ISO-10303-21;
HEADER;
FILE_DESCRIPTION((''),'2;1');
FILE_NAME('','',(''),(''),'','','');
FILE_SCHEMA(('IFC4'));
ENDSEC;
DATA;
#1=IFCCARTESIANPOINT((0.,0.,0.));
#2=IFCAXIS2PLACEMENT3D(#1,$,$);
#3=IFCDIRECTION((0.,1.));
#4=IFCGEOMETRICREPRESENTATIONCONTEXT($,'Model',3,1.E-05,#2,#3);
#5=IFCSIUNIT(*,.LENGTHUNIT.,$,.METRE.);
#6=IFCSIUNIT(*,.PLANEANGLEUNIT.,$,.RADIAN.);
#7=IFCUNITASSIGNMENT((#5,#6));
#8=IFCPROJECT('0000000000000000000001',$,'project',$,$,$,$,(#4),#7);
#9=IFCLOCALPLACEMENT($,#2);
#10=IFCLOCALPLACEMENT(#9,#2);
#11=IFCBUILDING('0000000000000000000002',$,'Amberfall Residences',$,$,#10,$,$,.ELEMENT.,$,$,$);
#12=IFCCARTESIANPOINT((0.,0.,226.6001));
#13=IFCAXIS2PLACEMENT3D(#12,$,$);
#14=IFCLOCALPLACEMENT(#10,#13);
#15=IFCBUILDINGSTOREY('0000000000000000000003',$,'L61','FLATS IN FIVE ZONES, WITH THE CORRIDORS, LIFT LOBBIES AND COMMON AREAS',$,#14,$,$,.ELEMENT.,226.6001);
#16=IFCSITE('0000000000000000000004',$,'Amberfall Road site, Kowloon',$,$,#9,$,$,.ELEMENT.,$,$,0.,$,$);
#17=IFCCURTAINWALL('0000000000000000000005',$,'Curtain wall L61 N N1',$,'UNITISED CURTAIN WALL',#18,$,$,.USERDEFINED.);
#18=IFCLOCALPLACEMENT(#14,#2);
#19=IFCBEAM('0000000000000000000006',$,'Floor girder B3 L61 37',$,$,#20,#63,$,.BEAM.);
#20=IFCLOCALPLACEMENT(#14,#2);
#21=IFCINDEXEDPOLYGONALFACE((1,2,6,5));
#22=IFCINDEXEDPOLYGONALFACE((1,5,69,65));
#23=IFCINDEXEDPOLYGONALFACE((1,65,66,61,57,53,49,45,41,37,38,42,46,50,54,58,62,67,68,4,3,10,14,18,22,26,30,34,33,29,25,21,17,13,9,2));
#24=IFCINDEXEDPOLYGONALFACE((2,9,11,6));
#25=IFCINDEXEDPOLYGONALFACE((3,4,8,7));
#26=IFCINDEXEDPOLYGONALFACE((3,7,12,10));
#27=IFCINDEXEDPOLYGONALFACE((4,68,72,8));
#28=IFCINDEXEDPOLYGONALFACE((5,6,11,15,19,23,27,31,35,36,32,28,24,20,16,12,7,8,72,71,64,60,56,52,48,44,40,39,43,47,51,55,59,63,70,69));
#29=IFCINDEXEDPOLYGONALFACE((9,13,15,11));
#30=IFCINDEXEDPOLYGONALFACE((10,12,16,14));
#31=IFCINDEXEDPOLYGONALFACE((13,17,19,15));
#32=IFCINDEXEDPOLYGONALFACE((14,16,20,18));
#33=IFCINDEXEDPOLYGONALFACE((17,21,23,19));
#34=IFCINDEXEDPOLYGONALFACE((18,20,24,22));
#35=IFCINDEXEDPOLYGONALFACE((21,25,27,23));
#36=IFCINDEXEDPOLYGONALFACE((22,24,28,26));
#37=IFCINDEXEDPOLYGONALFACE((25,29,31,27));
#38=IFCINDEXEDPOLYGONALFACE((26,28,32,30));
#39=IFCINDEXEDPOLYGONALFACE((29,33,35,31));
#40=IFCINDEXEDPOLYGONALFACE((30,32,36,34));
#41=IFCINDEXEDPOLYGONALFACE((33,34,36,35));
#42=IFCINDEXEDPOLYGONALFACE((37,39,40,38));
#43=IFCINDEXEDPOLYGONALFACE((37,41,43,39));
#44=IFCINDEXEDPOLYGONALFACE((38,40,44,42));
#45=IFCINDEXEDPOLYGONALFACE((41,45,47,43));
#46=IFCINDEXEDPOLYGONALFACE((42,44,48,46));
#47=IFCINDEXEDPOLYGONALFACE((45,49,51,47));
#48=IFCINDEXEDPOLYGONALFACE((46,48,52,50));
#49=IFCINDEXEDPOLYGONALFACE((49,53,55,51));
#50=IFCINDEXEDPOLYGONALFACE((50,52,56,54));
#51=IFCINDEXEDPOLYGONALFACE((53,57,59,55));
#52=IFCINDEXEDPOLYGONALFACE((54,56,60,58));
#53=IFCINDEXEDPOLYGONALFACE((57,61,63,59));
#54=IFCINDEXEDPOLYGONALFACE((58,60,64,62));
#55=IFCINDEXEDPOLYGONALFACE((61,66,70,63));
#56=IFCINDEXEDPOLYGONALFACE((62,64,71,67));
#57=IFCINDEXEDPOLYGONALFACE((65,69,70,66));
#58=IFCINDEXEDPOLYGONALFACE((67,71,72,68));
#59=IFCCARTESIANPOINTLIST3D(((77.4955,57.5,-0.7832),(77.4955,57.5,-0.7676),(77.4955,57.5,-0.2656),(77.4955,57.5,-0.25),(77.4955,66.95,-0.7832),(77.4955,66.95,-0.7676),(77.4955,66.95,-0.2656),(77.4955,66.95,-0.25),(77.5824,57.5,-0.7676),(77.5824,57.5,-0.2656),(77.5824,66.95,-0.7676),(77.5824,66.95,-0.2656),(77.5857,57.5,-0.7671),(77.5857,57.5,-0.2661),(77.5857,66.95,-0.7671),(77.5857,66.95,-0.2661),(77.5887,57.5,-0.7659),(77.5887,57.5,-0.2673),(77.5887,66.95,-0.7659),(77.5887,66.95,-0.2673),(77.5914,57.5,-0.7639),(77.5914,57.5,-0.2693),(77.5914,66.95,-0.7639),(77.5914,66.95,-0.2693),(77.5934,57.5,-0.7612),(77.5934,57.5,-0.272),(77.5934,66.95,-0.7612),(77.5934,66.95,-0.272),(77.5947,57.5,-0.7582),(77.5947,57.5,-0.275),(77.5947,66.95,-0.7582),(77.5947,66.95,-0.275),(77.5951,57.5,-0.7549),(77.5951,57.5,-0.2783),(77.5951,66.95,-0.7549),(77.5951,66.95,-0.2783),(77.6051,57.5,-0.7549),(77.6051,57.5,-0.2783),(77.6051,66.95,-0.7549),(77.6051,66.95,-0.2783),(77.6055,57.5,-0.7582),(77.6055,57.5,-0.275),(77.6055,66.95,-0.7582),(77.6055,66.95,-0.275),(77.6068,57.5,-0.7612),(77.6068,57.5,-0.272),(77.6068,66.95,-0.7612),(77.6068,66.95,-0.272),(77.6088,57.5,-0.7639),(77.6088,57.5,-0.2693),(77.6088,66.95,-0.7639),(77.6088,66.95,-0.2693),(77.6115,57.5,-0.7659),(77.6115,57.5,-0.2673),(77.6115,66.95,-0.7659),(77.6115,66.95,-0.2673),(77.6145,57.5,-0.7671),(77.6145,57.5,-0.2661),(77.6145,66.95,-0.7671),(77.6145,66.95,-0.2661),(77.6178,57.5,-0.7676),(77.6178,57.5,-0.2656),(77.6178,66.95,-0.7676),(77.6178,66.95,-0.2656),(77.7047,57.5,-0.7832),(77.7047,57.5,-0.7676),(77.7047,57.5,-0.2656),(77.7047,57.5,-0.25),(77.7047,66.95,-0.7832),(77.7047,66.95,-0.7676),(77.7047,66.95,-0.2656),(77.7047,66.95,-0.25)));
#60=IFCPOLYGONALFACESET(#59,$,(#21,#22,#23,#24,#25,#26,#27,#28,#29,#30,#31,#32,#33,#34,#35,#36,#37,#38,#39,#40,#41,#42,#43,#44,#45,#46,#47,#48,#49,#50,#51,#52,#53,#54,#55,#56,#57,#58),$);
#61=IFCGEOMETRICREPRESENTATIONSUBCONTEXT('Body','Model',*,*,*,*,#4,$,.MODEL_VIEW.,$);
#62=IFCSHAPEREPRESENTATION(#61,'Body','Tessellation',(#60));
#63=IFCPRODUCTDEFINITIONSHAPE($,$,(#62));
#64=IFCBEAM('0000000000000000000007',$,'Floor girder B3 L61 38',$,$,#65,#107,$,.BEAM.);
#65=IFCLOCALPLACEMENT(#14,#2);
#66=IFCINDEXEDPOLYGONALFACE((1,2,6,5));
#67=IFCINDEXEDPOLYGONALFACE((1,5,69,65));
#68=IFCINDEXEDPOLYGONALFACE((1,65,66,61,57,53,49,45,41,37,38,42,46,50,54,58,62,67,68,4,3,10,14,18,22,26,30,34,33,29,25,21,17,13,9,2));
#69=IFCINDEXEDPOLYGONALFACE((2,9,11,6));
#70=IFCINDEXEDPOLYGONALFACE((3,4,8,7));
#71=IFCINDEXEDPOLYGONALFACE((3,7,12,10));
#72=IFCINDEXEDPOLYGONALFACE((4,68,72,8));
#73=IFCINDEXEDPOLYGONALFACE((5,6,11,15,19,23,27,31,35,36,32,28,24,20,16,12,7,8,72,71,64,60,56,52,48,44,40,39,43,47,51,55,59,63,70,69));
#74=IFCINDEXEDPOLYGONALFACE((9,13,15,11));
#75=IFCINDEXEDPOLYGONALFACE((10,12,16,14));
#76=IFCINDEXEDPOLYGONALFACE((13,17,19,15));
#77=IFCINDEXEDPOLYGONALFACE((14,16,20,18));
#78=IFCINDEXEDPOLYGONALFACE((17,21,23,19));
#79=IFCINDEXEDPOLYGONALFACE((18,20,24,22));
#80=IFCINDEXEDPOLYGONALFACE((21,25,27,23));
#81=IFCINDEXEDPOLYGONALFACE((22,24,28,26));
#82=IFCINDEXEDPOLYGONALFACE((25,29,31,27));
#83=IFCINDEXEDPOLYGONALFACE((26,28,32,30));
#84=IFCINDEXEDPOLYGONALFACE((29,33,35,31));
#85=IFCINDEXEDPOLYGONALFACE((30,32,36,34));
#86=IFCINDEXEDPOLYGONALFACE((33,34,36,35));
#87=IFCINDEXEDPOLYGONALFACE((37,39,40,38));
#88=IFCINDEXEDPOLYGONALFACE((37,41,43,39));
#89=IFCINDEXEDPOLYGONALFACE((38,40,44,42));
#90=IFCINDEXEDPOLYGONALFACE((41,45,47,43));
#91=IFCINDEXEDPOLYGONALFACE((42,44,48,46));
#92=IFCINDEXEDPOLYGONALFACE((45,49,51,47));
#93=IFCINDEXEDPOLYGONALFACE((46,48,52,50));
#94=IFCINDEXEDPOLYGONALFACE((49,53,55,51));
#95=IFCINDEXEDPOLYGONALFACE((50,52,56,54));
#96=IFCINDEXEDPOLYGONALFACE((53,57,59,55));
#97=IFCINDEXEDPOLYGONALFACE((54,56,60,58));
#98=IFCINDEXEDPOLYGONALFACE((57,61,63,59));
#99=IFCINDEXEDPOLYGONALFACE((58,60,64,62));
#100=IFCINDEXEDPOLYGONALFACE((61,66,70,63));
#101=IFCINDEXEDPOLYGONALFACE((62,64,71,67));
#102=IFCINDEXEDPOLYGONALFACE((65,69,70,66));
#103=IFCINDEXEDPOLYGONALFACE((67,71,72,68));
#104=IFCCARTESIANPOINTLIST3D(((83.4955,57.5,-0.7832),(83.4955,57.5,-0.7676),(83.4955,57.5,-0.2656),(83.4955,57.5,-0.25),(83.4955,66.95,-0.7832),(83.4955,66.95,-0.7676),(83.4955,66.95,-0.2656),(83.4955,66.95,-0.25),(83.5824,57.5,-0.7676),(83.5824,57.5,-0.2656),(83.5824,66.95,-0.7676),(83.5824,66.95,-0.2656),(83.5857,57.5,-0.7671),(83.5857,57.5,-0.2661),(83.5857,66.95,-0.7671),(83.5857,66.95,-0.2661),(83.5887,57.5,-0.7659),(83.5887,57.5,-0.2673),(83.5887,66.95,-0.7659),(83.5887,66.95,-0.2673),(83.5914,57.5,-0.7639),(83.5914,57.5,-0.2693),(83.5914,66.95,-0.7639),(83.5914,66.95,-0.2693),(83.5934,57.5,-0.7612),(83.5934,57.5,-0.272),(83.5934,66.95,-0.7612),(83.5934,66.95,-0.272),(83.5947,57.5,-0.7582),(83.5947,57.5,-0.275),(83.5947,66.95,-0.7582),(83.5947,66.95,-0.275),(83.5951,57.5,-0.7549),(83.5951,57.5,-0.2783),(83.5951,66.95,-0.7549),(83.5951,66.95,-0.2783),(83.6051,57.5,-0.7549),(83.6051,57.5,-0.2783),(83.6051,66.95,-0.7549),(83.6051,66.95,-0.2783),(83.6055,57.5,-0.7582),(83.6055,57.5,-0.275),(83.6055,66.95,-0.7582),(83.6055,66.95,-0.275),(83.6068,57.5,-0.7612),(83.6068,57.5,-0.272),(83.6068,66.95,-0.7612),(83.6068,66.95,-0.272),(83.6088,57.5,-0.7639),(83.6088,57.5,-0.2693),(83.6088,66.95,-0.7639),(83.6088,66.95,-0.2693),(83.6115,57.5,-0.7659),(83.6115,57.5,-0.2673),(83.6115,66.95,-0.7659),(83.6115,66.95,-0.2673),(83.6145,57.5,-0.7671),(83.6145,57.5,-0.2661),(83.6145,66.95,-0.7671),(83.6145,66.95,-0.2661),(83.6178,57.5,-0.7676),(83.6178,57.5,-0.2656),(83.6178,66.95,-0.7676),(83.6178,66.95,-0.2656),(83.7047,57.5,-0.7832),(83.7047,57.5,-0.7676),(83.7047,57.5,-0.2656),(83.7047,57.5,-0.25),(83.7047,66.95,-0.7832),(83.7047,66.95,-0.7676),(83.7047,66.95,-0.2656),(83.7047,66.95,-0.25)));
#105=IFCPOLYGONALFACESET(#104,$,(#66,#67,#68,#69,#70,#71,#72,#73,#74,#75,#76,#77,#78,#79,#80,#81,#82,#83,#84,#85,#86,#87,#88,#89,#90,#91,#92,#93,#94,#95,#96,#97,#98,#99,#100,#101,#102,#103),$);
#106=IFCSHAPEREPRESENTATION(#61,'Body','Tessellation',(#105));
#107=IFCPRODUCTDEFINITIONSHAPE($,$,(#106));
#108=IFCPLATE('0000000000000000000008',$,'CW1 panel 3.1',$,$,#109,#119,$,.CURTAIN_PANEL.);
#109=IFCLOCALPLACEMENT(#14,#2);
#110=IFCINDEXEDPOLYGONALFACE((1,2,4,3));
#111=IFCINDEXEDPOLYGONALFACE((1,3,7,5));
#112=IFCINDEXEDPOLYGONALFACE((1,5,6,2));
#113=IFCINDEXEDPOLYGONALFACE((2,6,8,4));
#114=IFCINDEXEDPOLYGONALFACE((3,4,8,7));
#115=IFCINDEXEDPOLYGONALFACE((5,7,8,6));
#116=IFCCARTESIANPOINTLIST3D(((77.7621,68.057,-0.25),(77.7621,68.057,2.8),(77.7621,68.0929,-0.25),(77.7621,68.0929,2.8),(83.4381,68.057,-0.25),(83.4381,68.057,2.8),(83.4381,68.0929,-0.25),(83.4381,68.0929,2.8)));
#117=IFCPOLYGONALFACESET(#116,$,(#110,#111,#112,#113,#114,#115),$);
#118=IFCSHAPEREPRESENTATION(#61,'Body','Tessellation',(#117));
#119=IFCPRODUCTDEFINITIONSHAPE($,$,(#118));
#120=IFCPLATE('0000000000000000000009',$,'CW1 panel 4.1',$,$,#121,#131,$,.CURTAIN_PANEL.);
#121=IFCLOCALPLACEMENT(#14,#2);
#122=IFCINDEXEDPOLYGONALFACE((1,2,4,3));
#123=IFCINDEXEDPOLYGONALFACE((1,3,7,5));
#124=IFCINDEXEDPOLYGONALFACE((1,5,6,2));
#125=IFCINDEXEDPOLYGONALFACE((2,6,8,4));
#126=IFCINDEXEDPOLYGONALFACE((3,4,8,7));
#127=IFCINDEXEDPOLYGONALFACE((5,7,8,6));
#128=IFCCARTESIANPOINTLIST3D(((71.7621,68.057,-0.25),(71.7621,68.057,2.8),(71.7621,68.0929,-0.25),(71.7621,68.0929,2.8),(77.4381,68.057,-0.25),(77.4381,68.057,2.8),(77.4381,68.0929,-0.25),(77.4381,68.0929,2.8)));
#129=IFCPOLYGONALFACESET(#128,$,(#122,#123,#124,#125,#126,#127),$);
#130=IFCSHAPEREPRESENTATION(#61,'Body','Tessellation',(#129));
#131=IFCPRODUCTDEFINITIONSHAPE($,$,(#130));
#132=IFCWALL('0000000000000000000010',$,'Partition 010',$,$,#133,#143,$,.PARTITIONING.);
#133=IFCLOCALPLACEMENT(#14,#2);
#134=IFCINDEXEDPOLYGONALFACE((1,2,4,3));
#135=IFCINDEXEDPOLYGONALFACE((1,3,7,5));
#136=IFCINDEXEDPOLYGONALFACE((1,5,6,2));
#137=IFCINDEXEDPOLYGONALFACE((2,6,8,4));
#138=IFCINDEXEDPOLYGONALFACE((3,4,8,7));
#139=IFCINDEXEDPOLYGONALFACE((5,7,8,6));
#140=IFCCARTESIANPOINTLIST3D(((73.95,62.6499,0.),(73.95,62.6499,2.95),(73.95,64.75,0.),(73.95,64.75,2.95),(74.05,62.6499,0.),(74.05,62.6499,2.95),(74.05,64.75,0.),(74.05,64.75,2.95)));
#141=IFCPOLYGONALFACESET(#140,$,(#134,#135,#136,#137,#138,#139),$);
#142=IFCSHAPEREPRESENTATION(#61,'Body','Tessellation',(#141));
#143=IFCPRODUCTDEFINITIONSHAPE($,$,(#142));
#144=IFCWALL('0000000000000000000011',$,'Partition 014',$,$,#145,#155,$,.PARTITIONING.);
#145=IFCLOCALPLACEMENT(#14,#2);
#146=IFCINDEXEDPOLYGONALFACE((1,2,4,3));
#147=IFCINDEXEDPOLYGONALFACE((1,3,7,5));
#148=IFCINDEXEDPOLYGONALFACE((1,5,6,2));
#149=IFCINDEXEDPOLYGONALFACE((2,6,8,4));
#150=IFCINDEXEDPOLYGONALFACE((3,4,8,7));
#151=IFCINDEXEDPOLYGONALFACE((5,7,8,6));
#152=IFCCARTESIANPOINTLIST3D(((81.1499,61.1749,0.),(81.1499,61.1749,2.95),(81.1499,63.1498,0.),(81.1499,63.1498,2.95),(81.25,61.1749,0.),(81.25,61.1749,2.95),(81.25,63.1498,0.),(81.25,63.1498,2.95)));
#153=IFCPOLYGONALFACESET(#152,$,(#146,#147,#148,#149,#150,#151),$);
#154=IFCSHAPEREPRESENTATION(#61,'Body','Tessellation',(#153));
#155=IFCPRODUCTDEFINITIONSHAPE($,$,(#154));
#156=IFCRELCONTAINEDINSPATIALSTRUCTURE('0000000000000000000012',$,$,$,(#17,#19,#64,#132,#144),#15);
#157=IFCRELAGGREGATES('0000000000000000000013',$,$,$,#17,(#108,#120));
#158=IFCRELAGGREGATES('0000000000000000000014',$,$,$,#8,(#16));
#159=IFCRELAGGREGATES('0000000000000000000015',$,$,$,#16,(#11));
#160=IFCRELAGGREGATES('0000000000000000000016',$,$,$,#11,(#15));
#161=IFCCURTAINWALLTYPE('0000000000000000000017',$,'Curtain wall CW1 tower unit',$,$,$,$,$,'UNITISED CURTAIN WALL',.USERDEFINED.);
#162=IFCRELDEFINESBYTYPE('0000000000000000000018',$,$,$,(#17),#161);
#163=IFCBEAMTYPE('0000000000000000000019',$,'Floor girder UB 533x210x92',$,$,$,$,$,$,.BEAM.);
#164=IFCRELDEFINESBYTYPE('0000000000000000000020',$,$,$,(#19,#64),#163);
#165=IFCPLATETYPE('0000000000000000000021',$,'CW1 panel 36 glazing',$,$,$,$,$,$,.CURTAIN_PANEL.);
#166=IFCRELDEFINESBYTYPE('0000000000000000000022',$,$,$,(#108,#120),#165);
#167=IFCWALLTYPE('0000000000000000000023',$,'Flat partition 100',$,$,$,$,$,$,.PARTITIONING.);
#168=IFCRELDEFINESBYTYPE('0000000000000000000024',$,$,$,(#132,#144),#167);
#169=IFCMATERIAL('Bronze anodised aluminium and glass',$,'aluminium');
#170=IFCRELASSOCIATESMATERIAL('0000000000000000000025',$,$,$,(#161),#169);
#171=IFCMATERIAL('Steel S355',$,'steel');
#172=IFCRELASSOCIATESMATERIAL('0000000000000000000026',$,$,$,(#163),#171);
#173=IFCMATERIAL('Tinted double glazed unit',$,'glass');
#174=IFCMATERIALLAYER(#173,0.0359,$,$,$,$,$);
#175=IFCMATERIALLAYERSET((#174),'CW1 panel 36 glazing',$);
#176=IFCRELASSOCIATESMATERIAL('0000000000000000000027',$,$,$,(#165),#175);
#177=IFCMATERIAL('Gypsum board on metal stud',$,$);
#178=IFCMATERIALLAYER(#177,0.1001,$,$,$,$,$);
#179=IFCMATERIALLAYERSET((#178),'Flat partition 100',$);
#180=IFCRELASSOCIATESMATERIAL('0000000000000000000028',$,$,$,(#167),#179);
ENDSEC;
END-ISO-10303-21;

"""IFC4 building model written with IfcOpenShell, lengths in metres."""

from ifc_helpers import new_model, si_unit, direction, frame, frame_2d, origin, origin_2d, place, context, subcontext, project, spatial, rectangle, i_section, extrude, material, layer, layer_set, material_profile, profile_set, type_object, element, aggregate, save


model = new_model("IFC4")

# Units and contexts
model_context = context("Model", 3, precision=1e-05, world=origin(), true_north=direction((0.0, 1.0)))
body_context = subcontext(model_context, "Body", "Model", "MODEL_VIEW")
ifc_project = project(units=[si_unit("LENGTHUNIT", "METRE"), si_unit("PLANEANGLEUNIT", "RADIAN")], contexts=[model_context])

# Site, building, storey
site_placement = place(None, origin())
site = spatial("IfcSite", under=ifc_project, at=site_placement, Name="Amberfall Road site, Kowloon", CompositionType="ELEMENT", RefElevation=0.0)
building_placement = place(site_placement, origin())
building = spatial("IfcBuilding", under=site, at=building_placement, Name="Amberfall Residences", CompositionType="ELEMENT")
storey_placement = place(building_placement, frame((0.0, 0.0, 226.6001)))
storey = spatial("IfcBuildingStorey", under=building, at=storey_placement, Name="L61", Description="FLATS IN FIVE ZONES, WITH THE CORRIDORS, LIFT LOBBIES AND COMMON AREAS", CompositionType="ELEMENT", Elevation=226.6001)

# Curtain wall
ifc_material_1 = material(Name="Bronze anodised aluminium and glass", Category="aluminium")
curtain_wall_type = type_object("IfcCurtainWallType", Name="Curtain wall CW1 tower unit", ElementType="UNITISED CURTAIN WALL", PredefinedType="USERDEFINED", material=ifc_material_1)
curtain_wall_placement = place(storey_placement, origin())
curtain_wall = element("IfcCurtainWall", 1, at=curtain_wall_placement, inside=storey, type_object=curtain_wall_type, Name="Curtain wall L61 N N1", ObjectType="UNITISED CURTAIN WALL", PredefinedType="USERDEFINED")

# Shared definitions
ifc_material_2 = material(Name="Steel S355", Category="steel")

# Beams
ifc_material_profile_1 = material_profile(ifc_material_2, i_section(OverallWidth=0.2092, OverallDepth=0.5332, WebThickness=0.01, FlangeThickness=0.0156, FilletRadius=0.0127, at=origin_2d()), Name="UB 533x210x92")
ifc_profile_set_1 = profile_set([ifc_material_profile_1], Name="Steel S355")
beam_type_1 = type_object("IfcBeamType", Name="Floor girder UB 533x210x92", PredefinedType="BEAM", material=ifc_profile_set_1)
for number, where, z_axis, x_axis, name in (
    (2, (77.6001, 66.95, -0.5166), (0.0, -1.0, 0.0), (1.0, 0.0, 0.0), "Floor girder B3 L61 37"),
    (3, (83.6001, 66.95, -0.5166), (0.0, -1.0, 0.0), (1.0, 0.0, 0.0), "Floor girder B3 L61 38"),
):
    element("IfcBeam", number, at=place(storey_placement, frame(where, z_axis=z_axis, x_axis=x_axis)), inside=storey, type_object=beam_type_1, Name=name, PredefinedType="BEAM", context=body_context, shape_type="SweptSolid", body=[
        extrude(i_section(OverallWidth=0.2092, OverallDepth=0.5332, WebThickness=0.01, FlangeThickness=0.0156, FilletRadius=0.0127, at=origin_2d()), origin(), (0.0, 0.0, 1.0), 9.45),
    ])

# Plates
ifc_material_3 = material(Name="Tinted double glazed unit", Category="glass")
ifc_layer_1 = layer(ifc_material_3, 0.0359)
ifc_layer_set_1 = layer_set([ifc_layer_1], Name="CW1 panel 36 glazing")
plate_type = type_object("IfcPlateType", Name="CW1 panel 36 glazing", PredefinedType="CURTAIN_PANEL", material=ifc_layer_set_1)
plate_1_placement = place(storey_placement, frame((80.6001, 68.075, -0.25), z_axis=(0.0, 0.0, 1.0), x_axis=(-1.0, 0.0, 0.0)))
plate_1 = element("IfcPlate", 4, at=plate_1_placement, type_object=plate_type, Name="CW1 panel 3.1", PredefinedType="CURTAIN_PANEL", context=body_context, shape_type="SweptSolid", body=[
    extrude(rectangle(XDim=5.676, YDim=0.0359, at=origin_2d()), origin(), (0.0, 0.0, 1.0), 3.05),
])
plate_2_placement = place(storey_placement, frame((74.6001, 68.075, -0.25), z_axis=(0.0, 0.0, 1.0), x_axis=(-1.0, 0.0, 0.0)))
plate_2 = element("IfcPlate", 5, at=plate_2_placement, type_object=plate_type, Name="CW1 panel 4.1", PredefinedType="CURTAIN_PANEL", context=body_context, shape_type="SweptSolid", body=[
    extrude(rectangle(XDim=5.676, YDim=0.0359, at=origin_2d()), origin(), (0.0, 0.0, 1.0), 3.05),
])
aggregate(curtain_wall, [plate_1, plate_2])

# Walls
ifc_material_4 = material(Name="Gypsum board on metal stud")
ifc_layer_2 = layer(ifc_material_4, 0.1001)
ifc_layer_set_2 = layer_set([ifc_layer_2], Name="Flat partition 100")
wall_type_1 = type_object("IfcWallType", Name="Flat partition 100", PredefinedType="PARTITIONING", material=ifc_layer_set_2)
wall_1_placement = place(storey_placement, frame((74.0, 62.6499, 0.0), z_axis=(0.0, 0.0, 1.0), x_axis=(0.0, 1.0, 0.0)))
element("IfcWall", 6, at=wall_1_placement, inside=storey, type_object=wall_type_1, Name="Partition 010", PredefinedType="PARTITIONING", context=body_context, shape_type="SweptSolid", body=[
    extrude(rectangle(XDim=2.1001, YDim=0.1001, at=frame_2d((1.05, 0.0))), origin(), (0.0, 0.0, 1.0), 2.95),
])
wall_2_placement = place(storey_placement, frame((81.2, 61.175, 0.0), z_axis=(0.0, 0.0, 1.0), x_axis=(0.0, 1.0, 0.0)))
element("IfcWall", 7, at=wall_2_placement, inside=storey, type_object=wall_type_1, Name="Partition 014", PredefinedType="PARTITIONING", context=body_context, shape_type="SweptSolid", body=[
    extrude(rectangle(XDim=1.9749, YDim=0.1001, at=frame_2d((0.9873, 0.0))), origin(), (0.0, 0.0, 1.0), 2.95),
])

save(model, "model.ifc")
